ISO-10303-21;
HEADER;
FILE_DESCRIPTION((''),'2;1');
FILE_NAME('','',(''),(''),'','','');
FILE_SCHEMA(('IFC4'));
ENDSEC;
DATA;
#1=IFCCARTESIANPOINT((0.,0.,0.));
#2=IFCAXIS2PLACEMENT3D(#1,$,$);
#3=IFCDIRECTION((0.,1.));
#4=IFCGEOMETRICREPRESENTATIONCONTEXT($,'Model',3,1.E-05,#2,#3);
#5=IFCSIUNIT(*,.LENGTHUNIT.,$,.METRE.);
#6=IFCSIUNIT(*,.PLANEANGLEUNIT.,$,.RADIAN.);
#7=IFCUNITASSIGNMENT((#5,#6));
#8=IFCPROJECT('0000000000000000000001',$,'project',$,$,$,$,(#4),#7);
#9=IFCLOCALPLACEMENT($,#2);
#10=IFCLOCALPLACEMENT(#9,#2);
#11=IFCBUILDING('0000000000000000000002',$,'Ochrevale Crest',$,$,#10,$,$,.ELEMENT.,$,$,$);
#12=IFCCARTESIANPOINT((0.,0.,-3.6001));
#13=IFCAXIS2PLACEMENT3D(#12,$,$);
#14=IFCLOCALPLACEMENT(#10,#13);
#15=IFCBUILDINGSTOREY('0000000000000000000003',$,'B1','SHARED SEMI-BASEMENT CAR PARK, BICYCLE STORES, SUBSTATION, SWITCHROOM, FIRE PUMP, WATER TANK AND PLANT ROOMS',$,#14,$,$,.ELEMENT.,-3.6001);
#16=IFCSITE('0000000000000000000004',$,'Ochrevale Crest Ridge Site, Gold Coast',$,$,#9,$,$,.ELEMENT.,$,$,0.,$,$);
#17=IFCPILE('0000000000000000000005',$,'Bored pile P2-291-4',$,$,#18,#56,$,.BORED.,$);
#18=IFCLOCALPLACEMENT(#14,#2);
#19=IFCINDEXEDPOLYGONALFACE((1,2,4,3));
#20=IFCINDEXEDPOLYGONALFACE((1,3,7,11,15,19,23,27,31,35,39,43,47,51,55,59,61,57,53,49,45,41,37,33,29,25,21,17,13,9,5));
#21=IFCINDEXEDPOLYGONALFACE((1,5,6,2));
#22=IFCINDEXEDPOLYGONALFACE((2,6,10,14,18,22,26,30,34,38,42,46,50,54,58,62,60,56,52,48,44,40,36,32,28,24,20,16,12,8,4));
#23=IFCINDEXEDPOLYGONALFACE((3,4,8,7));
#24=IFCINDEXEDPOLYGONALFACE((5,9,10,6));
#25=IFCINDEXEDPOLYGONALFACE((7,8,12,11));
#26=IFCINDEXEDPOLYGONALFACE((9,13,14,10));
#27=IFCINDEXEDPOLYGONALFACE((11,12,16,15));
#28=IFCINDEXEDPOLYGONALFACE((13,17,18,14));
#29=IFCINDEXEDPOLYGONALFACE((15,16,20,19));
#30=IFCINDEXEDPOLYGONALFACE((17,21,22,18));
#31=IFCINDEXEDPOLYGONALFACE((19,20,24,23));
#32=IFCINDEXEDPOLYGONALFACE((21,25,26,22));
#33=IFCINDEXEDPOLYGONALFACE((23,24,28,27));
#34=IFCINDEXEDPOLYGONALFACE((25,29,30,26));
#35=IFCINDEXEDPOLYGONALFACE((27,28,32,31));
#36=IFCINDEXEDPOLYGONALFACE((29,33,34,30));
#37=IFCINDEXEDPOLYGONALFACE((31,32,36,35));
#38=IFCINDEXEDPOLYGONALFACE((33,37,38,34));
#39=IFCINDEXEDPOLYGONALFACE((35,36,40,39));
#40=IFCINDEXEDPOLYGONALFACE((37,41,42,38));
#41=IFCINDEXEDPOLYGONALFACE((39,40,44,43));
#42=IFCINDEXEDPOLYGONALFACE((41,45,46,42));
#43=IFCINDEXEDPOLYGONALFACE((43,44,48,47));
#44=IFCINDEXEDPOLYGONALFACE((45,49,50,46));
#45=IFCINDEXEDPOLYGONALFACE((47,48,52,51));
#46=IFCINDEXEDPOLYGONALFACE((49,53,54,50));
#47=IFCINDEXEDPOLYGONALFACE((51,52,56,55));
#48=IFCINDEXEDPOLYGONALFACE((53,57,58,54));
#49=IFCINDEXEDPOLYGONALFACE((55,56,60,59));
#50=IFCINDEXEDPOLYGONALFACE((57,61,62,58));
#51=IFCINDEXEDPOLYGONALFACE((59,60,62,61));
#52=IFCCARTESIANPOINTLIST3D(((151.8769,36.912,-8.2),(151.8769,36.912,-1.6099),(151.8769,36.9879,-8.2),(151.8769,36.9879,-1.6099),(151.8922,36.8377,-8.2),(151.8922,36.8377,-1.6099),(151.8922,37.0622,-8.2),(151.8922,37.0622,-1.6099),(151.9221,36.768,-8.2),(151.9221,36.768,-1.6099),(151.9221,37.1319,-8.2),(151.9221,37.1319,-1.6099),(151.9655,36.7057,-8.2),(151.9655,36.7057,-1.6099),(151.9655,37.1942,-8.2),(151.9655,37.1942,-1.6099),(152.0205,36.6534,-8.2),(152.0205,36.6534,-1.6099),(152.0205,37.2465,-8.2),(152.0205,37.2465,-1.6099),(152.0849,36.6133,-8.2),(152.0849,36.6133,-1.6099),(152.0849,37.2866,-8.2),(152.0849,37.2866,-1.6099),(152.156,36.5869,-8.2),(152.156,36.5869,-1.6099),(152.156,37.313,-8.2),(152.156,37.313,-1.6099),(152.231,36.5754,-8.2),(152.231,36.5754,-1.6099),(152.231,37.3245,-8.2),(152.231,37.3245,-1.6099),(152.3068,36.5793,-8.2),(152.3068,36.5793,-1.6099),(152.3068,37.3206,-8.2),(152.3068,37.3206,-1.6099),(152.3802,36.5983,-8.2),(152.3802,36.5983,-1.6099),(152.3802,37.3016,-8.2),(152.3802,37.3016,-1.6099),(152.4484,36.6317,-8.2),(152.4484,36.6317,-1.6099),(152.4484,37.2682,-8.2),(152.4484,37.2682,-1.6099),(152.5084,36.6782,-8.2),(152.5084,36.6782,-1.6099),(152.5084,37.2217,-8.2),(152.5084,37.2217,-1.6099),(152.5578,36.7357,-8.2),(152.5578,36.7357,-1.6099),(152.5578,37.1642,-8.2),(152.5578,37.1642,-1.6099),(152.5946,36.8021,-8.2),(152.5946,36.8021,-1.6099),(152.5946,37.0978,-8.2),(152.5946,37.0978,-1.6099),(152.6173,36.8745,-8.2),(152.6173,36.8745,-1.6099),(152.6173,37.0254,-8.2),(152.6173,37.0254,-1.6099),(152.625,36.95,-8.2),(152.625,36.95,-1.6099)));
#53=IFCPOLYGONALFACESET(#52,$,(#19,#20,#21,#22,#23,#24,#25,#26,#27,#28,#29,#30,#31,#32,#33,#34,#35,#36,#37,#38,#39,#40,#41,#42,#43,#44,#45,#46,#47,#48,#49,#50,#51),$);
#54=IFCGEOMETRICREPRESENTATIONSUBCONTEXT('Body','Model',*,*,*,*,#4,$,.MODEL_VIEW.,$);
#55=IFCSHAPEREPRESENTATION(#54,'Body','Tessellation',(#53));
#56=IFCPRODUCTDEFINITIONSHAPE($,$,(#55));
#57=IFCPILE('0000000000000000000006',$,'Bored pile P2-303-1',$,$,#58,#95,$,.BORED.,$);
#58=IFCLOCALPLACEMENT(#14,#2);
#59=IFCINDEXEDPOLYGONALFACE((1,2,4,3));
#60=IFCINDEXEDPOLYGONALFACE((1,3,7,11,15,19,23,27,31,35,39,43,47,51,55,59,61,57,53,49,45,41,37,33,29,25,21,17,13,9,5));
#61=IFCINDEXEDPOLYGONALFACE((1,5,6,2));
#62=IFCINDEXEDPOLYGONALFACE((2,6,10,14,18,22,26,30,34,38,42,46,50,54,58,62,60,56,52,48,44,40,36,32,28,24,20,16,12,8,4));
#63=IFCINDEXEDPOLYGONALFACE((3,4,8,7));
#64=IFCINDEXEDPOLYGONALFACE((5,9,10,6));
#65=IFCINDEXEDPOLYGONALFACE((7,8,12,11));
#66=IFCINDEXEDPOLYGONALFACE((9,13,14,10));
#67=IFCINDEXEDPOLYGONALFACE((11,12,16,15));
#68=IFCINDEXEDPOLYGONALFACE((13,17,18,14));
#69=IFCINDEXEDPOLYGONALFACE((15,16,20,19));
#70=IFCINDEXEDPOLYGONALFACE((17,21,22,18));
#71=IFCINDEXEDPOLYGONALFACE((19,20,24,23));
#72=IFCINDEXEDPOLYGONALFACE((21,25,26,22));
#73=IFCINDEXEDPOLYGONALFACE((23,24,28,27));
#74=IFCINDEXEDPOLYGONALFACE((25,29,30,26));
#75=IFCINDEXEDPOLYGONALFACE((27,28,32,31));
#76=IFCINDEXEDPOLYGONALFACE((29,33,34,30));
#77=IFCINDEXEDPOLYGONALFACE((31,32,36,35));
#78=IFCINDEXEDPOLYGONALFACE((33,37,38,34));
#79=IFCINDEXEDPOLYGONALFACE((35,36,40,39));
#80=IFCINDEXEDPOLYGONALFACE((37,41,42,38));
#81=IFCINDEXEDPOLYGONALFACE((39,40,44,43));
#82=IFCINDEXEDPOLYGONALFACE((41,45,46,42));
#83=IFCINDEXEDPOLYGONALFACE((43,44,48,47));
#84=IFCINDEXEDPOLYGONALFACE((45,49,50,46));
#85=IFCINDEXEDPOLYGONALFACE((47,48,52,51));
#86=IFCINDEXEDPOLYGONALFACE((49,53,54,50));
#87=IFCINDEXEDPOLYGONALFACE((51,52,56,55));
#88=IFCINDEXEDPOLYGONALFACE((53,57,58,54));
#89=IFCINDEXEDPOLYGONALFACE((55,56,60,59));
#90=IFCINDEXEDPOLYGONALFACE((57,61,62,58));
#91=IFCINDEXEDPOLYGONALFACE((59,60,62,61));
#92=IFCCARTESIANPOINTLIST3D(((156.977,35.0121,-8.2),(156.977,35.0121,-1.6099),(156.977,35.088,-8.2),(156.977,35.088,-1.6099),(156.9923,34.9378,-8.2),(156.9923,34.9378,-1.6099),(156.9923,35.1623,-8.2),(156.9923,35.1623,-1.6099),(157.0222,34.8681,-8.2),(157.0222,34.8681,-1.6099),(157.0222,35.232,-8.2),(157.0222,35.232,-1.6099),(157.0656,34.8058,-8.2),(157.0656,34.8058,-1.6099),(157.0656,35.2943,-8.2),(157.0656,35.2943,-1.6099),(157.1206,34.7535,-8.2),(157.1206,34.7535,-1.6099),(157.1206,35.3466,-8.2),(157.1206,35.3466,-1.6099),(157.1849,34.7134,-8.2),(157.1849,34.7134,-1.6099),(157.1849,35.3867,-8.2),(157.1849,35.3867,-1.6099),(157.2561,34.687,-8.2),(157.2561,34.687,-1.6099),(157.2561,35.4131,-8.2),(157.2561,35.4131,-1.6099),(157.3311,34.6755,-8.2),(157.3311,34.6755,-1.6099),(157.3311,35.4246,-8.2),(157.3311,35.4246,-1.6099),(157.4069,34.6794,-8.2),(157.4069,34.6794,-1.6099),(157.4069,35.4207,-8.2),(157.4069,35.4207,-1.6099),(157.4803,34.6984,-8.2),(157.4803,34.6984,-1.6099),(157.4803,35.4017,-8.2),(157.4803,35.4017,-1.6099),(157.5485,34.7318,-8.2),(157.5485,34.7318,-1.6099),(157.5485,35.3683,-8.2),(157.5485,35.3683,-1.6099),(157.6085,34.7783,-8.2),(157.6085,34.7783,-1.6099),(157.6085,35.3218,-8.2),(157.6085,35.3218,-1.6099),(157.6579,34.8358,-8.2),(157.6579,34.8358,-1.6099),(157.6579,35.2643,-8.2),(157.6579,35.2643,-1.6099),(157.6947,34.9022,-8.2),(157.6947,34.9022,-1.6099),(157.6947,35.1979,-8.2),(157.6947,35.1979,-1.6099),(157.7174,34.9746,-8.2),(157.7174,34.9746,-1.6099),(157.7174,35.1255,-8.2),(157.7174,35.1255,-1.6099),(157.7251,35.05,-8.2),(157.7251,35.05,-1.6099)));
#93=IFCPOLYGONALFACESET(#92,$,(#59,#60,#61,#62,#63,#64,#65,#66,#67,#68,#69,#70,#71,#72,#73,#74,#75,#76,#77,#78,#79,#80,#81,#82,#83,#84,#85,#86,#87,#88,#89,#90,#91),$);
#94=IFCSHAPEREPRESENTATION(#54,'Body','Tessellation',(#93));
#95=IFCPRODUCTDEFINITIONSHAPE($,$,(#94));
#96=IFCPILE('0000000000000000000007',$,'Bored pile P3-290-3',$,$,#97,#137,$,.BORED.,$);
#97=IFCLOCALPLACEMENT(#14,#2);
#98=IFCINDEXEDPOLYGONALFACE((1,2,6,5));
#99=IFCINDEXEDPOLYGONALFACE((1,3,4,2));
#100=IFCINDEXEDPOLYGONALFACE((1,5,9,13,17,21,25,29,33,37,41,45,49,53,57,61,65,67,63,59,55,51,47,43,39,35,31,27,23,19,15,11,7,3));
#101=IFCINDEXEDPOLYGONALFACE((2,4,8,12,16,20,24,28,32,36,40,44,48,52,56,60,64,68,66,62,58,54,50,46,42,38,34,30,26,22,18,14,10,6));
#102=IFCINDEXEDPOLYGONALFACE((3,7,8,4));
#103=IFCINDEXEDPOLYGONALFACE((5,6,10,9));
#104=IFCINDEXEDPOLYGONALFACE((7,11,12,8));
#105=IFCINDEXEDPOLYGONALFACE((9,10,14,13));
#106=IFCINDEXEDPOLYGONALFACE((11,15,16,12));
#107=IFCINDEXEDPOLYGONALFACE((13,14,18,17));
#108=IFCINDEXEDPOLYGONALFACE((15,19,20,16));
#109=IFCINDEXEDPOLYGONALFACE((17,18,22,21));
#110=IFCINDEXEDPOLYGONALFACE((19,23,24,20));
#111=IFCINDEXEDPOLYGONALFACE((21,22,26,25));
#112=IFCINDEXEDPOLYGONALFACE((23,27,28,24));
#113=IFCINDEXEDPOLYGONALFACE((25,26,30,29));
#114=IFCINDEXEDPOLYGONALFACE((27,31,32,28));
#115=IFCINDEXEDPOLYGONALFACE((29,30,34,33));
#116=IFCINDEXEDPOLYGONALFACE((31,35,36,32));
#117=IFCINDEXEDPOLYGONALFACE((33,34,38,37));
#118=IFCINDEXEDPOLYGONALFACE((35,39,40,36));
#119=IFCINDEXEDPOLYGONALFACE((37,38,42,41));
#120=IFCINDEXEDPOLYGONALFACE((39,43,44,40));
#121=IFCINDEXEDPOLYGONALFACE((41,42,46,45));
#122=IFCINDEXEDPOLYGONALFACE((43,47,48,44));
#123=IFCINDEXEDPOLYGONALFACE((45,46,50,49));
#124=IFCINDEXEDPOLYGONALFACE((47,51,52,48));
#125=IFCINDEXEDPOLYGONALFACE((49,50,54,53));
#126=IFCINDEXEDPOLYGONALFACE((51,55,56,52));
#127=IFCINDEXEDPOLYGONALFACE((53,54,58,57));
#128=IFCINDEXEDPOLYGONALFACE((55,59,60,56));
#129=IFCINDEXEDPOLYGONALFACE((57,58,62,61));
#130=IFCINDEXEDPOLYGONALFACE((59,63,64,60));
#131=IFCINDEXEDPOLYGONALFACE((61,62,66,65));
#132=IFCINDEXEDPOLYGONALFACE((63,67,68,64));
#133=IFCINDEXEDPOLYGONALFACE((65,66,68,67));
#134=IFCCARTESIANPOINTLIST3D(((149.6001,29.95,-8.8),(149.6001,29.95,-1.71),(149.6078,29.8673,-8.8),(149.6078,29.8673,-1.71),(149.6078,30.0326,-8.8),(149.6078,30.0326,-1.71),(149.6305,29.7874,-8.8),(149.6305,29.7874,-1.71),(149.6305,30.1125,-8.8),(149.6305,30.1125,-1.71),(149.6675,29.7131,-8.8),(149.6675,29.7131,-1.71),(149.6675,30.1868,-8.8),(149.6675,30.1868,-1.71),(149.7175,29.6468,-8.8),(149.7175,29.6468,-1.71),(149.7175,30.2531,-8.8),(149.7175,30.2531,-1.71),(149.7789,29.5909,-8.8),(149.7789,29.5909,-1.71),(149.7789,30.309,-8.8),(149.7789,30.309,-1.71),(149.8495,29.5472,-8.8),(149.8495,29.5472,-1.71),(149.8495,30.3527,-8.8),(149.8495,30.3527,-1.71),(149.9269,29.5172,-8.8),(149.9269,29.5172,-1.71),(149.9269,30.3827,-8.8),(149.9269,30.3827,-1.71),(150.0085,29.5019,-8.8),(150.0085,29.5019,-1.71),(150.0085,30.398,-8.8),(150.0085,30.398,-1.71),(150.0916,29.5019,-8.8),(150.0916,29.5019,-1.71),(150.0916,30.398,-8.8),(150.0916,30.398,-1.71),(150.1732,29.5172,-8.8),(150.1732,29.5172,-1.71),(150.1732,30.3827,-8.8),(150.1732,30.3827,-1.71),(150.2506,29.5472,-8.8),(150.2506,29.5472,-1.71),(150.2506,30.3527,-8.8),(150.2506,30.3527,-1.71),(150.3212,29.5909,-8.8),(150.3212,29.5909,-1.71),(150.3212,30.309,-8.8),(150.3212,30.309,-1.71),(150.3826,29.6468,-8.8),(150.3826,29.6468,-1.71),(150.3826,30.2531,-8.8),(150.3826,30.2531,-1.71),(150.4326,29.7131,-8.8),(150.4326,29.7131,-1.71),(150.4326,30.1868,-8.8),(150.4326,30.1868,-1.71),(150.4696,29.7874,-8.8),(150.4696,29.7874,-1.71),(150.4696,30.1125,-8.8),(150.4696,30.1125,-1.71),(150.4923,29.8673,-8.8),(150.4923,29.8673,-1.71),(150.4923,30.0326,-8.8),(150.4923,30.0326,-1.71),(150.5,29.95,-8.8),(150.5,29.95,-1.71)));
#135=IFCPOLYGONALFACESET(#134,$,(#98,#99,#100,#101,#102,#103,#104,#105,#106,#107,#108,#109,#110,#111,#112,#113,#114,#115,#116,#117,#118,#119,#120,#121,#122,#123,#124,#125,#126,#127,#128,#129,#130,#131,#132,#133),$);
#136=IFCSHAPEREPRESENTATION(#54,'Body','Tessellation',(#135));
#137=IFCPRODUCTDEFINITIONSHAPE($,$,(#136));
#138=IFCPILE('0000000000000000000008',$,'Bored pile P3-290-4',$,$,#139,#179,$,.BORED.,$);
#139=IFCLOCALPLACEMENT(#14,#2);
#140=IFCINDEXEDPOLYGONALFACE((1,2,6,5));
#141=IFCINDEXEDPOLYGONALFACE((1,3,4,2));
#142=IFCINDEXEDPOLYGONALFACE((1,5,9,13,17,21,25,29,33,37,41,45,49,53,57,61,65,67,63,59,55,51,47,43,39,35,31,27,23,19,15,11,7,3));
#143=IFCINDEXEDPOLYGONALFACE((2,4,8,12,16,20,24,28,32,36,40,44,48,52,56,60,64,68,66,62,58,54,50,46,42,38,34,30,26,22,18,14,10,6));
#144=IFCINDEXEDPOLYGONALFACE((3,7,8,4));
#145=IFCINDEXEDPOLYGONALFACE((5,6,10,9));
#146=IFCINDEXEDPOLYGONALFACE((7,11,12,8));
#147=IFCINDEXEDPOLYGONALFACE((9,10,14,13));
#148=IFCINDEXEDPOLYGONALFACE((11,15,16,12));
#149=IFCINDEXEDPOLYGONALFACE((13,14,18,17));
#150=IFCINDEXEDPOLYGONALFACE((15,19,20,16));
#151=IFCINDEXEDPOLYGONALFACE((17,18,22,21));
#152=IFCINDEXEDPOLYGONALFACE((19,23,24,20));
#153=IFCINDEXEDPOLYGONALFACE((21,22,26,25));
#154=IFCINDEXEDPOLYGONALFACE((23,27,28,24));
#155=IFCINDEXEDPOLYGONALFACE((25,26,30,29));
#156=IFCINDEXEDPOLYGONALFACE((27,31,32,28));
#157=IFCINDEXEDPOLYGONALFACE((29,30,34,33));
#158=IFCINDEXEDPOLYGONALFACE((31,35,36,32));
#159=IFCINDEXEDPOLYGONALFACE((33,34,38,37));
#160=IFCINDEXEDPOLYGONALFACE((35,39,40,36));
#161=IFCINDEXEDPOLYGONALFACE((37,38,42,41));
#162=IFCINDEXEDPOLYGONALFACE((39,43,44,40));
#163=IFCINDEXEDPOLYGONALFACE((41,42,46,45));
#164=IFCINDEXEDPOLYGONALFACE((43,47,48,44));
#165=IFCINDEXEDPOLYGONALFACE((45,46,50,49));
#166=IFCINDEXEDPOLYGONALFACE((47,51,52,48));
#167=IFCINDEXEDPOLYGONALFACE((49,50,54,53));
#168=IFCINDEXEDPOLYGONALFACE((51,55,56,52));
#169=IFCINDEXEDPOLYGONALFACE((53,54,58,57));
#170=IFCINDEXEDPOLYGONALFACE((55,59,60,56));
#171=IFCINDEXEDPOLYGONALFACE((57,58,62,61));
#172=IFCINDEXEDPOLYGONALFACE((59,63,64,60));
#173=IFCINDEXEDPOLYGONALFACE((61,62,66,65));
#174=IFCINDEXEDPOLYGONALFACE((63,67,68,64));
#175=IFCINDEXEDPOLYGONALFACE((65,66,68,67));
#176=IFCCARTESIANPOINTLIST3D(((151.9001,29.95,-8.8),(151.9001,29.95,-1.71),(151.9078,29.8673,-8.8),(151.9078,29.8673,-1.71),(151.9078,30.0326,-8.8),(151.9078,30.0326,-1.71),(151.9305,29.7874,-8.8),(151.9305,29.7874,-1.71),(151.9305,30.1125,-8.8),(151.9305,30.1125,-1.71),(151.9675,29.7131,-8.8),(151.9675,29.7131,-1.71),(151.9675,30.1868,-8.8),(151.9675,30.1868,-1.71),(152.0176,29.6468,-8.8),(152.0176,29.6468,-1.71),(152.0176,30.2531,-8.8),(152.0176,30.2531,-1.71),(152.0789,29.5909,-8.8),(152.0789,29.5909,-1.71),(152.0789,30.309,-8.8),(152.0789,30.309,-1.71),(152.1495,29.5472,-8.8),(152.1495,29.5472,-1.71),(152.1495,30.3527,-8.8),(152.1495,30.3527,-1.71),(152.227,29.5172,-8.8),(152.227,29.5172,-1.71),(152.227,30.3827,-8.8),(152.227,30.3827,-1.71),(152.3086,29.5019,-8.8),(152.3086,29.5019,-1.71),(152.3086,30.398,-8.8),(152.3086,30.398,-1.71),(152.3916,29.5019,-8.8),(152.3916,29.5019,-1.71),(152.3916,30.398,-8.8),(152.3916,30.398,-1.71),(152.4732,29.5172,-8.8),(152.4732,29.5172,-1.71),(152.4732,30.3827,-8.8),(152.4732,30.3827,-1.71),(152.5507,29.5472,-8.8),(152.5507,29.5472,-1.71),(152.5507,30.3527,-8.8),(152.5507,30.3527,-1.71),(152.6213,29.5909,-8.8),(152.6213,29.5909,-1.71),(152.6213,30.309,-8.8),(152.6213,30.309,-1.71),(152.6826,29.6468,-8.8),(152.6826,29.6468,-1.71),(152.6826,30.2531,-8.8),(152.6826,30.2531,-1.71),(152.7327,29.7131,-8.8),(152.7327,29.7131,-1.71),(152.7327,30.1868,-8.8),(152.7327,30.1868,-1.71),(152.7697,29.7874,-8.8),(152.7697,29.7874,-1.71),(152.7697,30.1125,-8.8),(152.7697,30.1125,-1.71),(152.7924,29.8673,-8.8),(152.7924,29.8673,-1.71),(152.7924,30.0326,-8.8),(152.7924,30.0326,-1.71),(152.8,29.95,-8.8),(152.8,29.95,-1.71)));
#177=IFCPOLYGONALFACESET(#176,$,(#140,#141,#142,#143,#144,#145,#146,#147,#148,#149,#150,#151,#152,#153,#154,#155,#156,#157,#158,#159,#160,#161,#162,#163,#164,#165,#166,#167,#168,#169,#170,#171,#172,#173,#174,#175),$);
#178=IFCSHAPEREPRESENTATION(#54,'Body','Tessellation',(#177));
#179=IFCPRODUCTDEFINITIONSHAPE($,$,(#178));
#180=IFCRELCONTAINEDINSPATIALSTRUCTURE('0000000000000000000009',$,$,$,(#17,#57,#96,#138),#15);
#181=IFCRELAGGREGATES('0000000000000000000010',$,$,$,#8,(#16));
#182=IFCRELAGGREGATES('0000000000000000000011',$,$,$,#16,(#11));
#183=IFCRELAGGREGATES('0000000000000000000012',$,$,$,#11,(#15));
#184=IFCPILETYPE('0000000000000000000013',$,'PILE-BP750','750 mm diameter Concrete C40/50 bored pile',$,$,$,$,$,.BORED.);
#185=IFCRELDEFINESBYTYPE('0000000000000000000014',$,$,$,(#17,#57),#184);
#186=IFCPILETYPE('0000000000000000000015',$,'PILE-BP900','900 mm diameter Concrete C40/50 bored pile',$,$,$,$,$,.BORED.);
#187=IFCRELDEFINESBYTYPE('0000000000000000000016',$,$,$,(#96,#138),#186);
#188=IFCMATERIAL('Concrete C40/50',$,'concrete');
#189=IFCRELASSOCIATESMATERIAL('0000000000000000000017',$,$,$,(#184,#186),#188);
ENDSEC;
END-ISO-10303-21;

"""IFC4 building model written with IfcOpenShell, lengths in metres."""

from ifc_helpers import new_model, si_unit, direction, frame, origin, origin_2d, place, context, subcontext, project, spatial, circle, extrude, material, material_profile, profile_set, type_object, element, save


model = new_model("IFC4")

# Units and contexts
model_context = context("Model", 3, precision=1e-05, world=origin(), true_north=direction((0.0, 1.0)))
body_context = subcontext(model_context, "Body", "Model", "MODEL_VIEW")
ifc_project = project(units=[si_unit("LENGTHUNIT", "METRE"), si_unit("PLANEANGLEUNIT", "RADIAN")], contexts=[model_context])

# Site, building, storey
site_placement = place(None, origin())
site = spatial("IfcSite", under=ifc_project, at=site_placement, Name="Ochrevale Crest Ridge Site, Gold Coast", CompositionType="ELEMENT", RefElevation=0.0)
building_placement = place(site_placement, origin())
building = spatial("IfcBuilding", under=site, at=building_placement, Name="Ochrevale Crest", CompositionType="ELEMENT")
storey_placement = place(building_placement, frame((0.0, 0.0, -3.6001)))
storey = spatial("IfcBuildingStorey", under=building, at=storey_placement, Name="B1", Description="SHARED SEMI-BASEMENT CAR PARK, BICYCLE STORES, SUBSTATION, SWITCHROOM, FIRE PUMP, WATER TANK AND PLANT ROOMS", CompositionType="ELEMENT", Elevation=-3.6001)

# Shared definitions
ifc_material_1 = material(Name="Concrete C40/50", Category="concrete")

# Piles
ifc_material_profile_1 = material_profile(ifc_material_1, circle(Radius=0.375, at=origin_2d()), Name="BORED PILE 750")
ifc_profile_set_1 = profile_set([ifc_material_profile_1], Name="Concrete C40/50")
pile_type_1 = type_object("IfcPileType", Name="PILE-BP750", Description="750 mm diameter Concrete C40/50 bored pile", PredefinedType="BORED", material=ifc_profile_set_1)
for number, where, z_axis, x_axis, name in (
    (1, (152.25, 36.95, -1.6099), (0.0, 0.0, -1.0), (1.0, 0.0, 0.0), "Bored pile P2-291-4"),
    (2, (157.3501, 35.05, -1.6099), (0.0, 0.0, -1.0), (1.0, 0.0, 0.0), "Bored pile P2-303-1"),
):
    element("IfcPile", number, at=place(storey_placement, frame(where, z_axis=z_axis, x_axis=x_axis)), inside=storey, type_object=pile_type_1, Name=name, PredefinedType="BORED", context=body_context, shape_type="SweptSolid", body=[
        extrude(circle(Radius=0.375, at=origin_2d()), origin(), (0.0, 0.0, 1.0), 6.5901),
    ])
ifc_material_profile_2 = material_profile(ifc_material_1, circle(Radius=0.45, at=origin_2d()), Name="BORED PILE 900")
ifc_profile_set_2 = profile_set([ifc_material_profile_2], Name="Concrete C40/50")
pile_type_2 = type_object("IfcPileType", Name="PILE-BP900", Description="900 mm diameter Concrete C40/50 bored pile", PredefinedType="BORED", material=ifc_profile_set_2)
for number, where, z_axis, x_axis, name in (
    (3, (150.05, 29.95, -1.71), (0.0, 0.0, -1.0), (1.0, 0.0, 0.0), "Bored pile P3-290-3"),
    (4, (152.3501, 29.95, -1.71), (0.0, 0.0, -1.0), (1.0, 0.0, 0.0), "Bored pile P3-290-4"),
):
    element("IfcPile", number, at=place(storey_placement, frame(where, z_axis=z_axis, x_axis=x_axis)), inside=storey, type_object=pile_type_2, Name=name, PredefinedType="BORED", context=body_context, shape_type="SweptSolid", body=[
        extrude(circle(Radius=0.45, at=origin_2d()), origin(), (0.0, 0.0, 1.0), 7.0901),
    ])

save(model, "model.ifc")
